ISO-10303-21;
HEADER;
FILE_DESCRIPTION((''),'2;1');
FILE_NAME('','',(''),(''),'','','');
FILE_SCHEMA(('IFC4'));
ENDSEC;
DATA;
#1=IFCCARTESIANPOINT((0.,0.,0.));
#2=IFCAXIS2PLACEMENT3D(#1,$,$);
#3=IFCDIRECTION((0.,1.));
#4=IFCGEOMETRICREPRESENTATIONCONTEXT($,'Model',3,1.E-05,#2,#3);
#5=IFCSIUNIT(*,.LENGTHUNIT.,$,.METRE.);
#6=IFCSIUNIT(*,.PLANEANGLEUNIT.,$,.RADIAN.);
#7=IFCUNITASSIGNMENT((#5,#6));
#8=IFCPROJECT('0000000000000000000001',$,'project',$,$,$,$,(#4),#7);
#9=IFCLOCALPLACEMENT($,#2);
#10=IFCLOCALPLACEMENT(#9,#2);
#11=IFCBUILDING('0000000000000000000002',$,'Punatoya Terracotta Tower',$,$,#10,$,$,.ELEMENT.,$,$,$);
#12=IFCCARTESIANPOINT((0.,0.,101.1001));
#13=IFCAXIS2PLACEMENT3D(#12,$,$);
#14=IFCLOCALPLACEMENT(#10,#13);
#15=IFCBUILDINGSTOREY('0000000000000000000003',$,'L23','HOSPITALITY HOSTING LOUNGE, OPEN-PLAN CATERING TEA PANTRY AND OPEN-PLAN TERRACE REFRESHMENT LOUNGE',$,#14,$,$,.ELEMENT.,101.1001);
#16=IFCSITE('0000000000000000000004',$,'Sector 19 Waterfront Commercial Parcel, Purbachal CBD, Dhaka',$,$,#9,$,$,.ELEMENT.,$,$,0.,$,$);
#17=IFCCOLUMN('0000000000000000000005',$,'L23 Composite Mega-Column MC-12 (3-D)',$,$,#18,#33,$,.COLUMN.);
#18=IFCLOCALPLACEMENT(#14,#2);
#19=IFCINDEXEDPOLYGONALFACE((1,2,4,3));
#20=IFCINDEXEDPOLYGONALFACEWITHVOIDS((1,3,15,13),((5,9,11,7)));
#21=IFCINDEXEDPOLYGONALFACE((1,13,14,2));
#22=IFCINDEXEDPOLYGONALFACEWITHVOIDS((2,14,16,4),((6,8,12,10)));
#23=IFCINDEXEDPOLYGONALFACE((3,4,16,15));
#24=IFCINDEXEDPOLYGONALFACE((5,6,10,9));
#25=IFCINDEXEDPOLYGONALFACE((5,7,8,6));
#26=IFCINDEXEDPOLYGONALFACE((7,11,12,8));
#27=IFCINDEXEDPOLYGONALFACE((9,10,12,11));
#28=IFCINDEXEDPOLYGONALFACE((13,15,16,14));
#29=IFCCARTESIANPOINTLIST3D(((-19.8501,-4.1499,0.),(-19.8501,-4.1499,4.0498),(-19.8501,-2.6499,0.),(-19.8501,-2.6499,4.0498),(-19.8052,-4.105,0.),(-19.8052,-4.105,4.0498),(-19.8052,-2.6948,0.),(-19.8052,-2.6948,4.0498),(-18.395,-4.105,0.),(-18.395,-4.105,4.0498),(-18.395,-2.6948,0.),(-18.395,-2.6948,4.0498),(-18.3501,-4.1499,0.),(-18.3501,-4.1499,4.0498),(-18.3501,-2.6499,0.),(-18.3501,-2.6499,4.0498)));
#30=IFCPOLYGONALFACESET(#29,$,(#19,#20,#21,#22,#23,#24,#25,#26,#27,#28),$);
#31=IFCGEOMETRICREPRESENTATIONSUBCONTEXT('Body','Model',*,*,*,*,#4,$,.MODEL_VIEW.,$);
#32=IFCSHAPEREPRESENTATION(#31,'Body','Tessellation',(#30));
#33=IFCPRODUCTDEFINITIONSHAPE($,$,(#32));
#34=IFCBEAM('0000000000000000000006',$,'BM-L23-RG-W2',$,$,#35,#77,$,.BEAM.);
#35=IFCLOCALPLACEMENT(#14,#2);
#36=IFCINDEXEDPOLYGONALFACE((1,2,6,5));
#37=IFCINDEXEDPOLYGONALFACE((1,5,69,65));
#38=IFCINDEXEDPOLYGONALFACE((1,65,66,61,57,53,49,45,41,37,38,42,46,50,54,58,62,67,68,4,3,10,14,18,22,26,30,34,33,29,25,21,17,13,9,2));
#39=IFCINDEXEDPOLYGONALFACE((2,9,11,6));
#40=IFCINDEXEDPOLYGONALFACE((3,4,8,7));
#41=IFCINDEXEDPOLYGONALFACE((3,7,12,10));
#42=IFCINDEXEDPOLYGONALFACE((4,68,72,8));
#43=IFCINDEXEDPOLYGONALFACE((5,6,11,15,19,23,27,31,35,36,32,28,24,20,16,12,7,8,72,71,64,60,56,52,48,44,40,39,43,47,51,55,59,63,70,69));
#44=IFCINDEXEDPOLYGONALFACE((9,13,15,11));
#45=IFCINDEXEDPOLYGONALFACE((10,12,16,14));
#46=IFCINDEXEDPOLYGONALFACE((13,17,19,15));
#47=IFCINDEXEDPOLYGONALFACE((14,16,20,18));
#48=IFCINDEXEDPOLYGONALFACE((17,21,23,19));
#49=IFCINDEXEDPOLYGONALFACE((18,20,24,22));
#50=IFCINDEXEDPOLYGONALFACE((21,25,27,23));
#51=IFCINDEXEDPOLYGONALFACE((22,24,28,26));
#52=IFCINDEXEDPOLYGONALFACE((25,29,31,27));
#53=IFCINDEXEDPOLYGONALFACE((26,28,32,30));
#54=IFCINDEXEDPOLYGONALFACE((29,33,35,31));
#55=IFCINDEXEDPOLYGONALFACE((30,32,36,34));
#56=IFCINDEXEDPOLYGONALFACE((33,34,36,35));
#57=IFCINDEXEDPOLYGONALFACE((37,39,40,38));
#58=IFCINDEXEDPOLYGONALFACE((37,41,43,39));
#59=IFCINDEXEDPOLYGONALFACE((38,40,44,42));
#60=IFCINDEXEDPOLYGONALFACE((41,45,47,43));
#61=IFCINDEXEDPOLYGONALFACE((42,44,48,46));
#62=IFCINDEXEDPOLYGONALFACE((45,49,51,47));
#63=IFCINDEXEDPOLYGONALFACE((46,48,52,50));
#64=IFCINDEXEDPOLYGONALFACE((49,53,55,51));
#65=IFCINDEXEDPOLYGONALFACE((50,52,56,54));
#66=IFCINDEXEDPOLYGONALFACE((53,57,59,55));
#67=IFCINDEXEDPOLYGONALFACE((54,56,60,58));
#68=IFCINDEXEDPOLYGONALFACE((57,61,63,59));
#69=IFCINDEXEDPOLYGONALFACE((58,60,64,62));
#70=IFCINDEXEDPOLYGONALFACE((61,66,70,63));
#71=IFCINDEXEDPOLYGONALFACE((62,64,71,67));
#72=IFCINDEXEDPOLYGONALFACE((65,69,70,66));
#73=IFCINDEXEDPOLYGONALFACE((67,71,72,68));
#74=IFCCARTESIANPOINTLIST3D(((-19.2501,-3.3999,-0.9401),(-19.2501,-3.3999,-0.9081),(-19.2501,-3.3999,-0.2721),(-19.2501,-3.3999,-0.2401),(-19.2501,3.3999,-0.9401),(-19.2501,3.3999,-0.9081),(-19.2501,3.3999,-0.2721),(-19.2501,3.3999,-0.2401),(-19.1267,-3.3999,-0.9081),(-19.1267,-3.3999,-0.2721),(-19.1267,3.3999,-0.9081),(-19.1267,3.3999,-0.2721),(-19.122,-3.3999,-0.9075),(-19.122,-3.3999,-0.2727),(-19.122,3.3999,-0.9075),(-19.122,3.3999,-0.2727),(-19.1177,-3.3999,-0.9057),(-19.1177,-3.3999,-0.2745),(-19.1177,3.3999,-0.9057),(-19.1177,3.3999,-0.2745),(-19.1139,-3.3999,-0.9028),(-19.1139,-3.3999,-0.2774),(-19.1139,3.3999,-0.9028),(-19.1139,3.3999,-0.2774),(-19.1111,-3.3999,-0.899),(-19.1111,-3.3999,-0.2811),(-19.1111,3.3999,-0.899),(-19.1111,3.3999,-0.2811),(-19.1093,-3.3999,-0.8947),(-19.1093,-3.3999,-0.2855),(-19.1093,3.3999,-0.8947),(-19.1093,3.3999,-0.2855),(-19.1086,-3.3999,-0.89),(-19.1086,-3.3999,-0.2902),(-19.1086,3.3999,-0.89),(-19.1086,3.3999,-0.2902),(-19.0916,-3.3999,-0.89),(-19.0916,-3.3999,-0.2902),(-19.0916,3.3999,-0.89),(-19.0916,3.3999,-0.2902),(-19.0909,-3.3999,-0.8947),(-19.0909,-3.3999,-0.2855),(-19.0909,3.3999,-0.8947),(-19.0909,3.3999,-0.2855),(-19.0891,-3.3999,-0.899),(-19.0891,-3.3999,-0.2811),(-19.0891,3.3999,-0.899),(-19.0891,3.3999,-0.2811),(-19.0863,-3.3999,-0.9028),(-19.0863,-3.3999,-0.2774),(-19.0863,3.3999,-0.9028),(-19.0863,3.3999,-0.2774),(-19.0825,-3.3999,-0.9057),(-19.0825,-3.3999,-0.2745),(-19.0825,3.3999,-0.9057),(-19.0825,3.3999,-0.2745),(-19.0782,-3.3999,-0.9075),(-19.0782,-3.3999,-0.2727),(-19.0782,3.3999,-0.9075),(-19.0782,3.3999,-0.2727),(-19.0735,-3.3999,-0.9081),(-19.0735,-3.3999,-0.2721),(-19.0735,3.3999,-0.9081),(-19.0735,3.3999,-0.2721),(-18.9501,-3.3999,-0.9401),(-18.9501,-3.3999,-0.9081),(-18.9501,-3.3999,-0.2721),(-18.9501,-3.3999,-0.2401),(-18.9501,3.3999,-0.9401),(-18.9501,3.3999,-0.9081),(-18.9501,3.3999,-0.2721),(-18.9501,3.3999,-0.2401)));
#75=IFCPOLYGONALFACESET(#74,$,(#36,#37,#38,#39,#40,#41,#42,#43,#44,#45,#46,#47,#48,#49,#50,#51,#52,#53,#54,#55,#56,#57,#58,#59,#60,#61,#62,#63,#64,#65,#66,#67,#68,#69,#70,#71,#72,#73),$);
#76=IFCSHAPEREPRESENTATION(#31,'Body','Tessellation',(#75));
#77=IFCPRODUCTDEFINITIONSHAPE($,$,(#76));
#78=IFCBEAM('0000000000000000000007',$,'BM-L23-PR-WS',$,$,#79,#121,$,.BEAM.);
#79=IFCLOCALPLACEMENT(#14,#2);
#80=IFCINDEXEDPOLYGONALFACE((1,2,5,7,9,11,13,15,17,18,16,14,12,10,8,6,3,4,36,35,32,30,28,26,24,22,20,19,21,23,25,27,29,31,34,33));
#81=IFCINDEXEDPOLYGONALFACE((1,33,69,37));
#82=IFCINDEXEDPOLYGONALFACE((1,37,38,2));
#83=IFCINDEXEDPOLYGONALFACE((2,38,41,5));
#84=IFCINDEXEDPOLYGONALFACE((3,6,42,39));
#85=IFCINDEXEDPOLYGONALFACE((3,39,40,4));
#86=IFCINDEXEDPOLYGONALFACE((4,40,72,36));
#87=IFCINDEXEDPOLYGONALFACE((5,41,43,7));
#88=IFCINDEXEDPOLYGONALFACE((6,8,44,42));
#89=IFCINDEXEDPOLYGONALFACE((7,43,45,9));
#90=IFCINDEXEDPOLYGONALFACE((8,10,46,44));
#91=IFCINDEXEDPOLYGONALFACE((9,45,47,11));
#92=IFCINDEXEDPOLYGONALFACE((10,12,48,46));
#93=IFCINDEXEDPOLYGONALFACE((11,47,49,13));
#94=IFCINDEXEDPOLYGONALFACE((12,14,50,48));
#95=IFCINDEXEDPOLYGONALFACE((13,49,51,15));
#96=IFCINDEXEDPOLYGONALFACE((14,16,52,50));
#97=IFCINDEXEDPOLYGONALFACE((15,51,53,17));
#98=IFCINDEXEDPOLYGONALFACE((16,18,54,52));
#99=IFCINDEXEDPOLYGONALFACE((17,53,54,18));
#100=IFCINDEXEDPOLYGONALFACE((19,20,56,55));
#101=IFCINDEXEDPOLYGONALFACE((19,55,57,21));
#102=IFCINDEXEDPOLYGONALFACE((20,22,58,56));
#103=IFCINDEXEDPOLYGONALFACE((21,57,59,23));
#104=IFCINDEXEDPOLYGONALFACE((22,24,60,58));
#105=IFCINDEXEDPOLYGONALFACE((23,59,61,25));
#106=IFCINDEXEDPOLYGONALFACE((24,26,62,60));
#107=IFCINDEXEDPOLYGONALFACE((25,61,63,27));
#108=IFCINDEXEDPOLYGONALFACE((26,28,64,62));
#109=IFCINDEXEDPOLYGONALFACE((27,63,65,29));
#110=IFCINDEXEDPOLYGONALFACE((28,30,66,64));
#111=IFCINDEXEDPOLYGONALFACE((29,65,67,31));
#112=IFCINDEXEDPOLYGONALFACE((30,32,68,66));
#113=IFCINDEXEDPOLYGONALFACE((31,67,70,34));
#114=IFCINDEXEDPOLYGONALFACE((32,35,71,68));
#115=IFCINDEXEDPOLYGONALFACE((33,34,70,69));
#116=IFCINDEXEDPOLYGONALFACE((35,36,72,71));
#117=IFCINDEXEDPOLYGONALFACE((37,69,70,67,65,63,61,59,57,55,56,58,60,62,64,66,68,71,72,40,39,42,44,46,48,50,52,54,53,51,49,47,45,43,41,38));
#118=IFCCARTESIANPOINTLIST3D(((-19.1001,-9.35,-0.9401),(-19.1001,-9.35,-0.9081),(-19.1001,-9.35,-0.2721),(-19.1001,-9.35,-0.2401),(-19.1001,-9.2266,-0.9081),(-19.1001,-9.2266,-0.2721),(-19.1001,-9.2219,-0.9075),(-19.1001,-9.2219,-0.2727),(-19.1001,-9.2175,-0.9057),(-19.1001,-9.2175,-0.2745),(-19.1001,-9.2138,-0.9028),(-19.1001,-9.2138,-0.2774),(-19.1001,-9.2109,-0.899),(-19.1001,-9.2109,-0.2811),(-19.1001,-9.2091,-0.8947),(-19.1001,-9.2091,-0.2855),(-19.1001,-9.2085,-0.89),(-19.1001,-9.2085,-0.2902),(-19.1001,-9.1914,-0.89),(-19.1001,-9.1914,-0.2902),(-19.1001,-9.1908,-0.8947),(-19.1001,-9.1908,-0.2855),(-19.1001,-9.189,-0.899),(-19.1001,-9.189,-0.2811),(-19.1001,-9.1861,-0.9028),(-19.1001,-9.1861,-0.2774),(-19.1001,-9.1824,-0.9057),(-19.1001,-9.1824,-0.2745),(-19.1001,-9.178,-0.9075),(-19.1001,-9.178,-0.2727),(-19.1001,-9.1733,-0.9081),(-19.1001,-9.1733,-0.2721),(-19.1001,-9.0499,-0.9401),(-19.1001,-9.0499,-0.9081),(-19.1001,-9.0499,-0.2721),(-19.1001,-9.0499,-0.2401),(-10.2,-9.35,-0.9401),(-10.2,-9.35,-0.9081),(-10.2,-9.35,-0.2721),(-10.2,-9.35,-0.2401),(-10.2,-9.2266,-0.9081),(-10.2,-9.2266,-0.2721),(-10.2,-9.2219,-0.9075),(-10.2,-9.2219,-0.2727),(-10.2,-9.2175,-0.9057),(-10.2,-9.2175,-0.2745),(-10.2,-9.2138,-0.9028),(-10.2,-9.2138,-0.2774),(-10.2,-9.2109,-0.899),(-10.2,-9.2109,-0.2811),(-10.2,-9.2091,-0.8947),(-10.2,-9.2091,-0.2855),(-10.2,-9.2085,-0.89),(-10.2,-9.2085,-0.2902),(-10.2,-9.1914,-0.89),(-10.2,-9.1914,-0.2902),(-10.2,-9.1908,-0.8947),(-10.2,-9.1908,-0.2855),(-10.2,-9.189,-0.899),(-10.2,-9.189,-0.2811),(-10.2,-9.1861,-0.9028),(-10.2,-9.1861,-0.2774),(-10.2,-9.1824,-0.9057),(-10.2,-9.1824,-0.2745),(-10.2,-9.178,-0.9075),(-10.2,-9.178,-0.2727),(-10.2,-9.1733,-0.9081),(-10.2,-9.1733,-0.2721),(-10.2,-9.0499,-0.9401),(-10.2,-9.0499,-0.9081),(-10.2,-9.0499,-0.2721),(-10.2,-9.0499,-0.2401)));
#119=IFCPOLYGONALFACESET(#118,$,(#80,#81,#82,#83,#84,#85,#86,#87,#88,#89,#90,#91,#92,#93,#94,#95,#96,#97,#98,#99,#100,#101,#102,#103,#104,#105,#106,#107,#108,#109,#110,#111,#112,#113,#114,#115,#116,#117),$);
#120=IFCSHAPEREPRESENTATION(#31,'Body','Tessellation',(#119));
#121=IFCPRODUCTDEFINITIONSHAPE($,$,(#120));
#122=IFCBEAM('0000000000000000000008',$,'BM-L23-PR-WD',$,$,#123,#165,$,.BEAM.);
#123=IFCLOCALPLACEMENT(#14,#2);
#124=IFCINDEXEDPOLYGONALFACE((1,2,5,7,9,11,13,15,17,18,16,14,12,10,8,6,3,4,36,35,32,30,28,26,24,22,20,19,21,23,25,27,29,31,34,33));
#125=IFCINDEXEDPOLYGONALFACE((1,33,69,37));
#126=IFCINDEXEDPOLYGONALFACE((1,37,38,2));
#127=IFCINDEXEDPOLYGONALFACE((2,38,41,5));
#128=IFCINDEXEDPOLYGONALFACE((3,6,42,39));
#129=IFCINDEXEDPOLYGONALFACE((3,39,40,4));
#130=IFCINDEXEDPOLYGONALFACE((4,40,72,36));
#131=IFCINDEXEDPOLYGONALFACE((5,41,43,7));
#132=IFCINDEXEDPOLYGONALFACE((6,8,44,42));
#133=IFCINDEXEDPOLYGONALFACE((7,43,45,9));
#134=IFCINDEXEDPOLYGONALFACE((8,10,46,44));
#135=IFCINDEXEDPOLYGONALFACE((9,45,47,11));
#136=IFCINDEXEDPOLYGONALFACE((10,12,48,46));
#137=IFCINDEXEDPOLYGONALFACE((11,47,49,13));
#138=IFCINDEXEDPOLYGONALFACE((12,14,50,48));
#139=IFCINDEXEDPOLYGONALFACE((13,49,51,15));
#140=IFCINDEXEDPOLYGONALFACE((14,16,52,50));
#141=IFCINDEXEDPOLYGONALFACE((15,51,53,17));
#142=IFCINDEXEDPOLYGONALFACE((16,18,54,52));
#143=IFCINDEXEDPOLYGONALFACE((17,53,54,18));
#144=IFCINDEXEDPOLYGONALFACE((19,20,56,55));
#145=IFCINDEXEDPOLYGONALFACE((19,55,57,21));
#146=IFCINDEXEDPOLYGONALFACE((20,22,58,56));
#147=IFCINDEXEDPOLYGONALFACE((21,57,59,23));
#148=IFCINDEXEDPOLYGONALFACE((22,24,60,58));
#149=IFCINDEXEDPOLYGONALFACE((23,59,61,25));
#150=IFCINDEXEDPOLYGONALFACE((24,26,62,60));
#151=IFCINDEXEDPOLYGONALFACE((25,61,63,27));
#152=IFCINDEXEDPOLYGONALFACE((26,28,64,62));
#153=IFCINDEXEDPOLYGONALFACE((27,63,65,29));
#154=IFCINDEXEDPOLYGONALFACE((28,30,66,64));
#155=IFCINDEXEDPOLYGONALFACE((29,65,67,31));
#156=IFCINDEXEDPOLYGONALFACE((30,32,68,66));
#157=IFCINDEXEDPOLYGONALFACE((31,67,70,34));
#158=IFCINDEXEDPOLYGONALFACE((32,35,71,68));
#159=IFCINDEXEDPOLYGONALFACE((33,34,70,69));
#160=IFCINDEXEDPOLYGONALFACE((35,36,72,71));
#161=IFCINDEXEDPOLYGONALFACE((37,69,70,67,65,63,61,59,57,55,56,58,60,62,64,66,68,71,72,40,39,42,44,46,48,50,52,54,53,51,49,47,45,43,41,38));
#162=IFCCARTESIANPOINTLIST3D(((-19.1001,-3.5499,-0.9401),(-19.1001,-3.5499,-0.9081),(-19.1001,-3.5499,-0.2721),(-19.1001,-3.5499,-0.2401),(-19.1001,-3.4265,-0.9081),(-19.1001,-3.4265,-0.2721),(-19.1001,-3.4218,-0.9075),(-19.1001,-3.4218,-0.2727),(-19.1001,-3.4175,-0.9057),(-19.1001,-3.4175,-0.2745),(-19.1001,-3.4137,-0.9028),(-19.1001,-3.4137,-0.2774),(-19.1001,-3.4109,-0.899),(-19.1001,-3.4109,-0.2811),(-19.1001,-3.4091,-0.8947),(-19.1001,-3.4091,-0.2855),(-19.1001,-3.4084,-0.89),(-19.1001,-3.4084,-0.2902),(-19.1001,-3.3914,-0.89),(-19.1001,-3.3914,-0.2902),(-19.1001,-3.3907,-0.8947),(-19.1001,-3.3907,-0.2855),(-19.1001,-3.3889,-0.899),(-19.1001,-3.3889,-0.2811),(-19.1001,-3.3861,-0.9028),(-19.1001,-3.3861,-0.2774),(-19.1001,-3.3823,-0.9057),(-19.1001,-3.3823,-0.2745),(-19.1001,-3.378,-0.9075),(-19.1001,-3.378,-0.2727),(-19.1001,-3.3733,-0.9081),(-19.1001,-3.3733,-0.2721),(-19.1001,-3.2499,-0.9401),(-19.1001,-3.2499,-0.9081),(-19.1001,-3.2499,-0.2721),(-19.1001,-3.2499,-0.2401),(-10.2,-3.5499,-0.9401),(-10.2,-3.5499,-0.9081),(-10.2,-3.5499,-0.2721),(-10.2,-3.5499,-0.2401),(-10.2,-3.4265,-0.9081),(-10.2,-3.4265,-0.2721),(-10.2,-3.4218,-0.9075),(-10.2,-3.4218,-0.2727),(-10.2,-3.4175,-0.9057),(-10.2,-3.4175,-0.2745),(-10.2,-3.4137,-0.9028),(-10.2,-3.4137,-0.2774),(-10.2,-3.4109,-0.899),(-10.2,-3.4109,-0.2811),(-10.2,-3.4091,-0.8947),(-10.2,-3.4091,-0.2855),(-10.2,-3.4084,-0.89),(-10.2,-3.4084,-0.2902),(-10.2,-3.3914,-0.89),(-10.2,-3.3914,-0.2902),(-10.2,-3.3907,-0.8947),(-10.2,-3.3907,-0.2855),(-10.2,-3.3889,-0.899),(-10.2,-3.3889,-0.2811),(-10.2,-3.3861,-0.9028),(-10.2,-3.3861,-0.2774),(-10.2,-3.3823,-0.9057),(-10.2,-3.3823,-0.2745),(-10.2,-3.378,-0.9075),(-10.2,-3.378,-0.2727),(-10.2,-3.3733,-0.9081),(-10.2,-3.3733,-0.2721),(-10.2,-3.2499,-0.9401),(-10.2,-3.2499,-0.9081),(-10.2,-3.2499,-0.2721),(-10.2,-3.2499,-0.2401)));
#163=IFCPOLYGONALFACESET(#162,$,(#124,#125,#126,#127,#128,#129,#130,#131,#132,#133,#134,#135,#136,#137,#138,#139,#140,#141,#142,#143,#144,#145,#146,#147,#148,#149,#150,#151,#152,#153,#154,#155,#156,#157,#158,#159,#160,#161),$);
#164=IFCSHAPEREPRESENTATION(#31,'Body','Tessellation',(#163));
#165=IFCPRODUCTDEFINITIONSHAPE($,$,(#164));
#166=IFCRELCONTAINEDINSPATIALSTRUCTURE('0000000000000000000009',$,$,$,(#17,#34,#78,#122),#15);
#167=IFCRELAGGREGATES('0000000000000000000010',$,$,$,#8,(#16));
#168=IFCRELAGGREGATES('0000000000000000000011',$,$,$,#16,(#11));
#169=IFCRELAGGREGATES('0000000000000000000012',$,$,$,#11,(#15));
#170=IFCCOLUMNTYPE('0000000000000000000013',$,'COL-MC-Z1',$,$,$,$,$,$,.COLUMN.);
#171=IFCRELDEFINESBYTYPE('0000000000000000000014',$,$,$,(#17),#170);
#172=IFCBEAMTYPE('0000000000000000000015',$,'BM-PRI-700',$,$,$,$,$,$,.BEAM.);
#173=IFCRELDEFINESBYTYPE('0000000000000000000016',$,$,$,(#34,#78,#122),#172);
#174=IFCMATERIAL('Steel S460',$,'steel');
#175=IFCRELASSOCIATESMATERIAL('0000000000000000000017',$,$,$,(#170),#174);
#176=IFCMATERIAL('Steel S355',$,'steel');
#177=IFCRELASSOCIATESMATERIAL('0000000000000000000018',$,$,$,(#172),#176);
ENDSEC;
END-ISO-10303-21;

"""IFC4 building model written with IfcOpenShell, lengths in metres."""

from ifc_helpers import new_model, si_unit, direction, frame, origin, origin_2d, place, context, subcontext, project, spatial, hollow_rectangle, i_section, extrude, material, material_profile, profile_set, type_object, element, save


model = new_model("IFC4")

# Units and contexts
model_context = context("Model", 3, precision=1e-05, world=origin(), true_north=direction((0.0, 1.0)))
body_context = subcontext(model_context, "Body", "Model", "MODEL_VIEW")
ifc_project = project(units=[si_unit("LENGTHUNIT", "METRE"), si_unit("PLANEANGLEUNIT", "RADIAN")], contexts=[model_context])

# Site, building, storey
site_placement = place(None, origin())
site = spatial("IfcSite", under=ifc_project, at=site_placement, Name="Sector 19 Waterfront Commercial Parcel, Purbachal CBD, Dhaka", CompositionType="ELEMENT", RefElevation=0.0)
building_placement = place(site_placement, origin())
building = spatial("IfcBuilding", under=site, at=building_placement, Name="Punatoya Terracotta Tower", CompositionType="ELEMENT")
storey_placement = place(building_placement, frame((0.0, 0.0, 101.1001)))
storey = spatial("IfcBuildingStorey", under=building, at=storey_placement, Name="L23", Description="HOSPITALITY HOSTING LOUNGE, OPEN-PLAN CATERING TEA PANTRY AND OPEN-PLAN TERRACE REFRESHMENT LOUNGE", CompositionType="ELEMENT", Elevation=101.1001)

# Column
ifc_material_1 = material(Name="Steel S460", Category="steel")
ifc_material_profile_1 = material_profile(ifc_material_1, hollow_rectangle(XDim=1.5, YDim=1.5, WallThickness=0.0449, at=origin_2d()))
ifc_profile_set_1 = profile_set([ifc_material_profile_1], Name="Steel S460")
column_type = type_object("IfcColumnType", Name="COL-MC-Z1", PredefinedType="COLUMN", material=ifc_profile_set_1)
column_placement = place(storey_placement, frame((-19.1001, -3.3999, 0.0), z_axis=(0.0, 0.0, 1.0), x_axis=(1.0, 0.0, 0.0)))
element("IfcColumn", 1, at=column_placement, inside=storey, type_object=column_type, Name="L23 Composite Mega-Column MC-12 (3-D)", PredefinedType="COLUMN", context=body_context, shape_type="SweptSolid", body=[
    extrude(hollow_rectangle(XDim=1.5, YDim=1.5, WallThickness=0.0449, at=origin_2d()), origin(), (0.0, 0.0, 1.0), 4.0498),
])

# Beams
ifc_material_2 = material(Name="Steel S355", Category="steel")
ifc_material_profile_2 = material_profile(ifc_material_2, i_section(OverallWidth=0.3, OverallDepth=0.7, WebThickness=0.0171, FlangeThickness=0.032, FilletRadius=0.0181, at=origin_2d()))
ifc_profile_set_2 = profile_set([ifc_material_profile_2], Name="Steel S355")
beam_type_1 = type_object("IfcBeamType", Name="BM-PRI-700", PredefinedType="BEAM", material=ifc_profile_set_2)
beam_1_placement = place(storey_placement, frame((-19.1001, -3.3999, -0.5901), z_axis=(0.0, 1.0, 0.0), x_axis=(-1.0, 0.0, 0.0)))
element("IfcBeam", 2, at=beam_1_placement, inside=storey, type_object=beam_type_1, Name="BM-L23-RG-W2", PredefinedType="BEAM", context=body_context, shape_type="SweptSolid", body=[
    extrude(i_section(OverallWidth=0.3, OverallDepth=0.7, WebThickness=0.0171, FlangeThickness=0.032, FilletRadius=0.0181, at=origin_2d()), origin(), (0.0, 0.0, 1.0), 6.7998),
])
for number, where, z_axis, x_axis, name in (
    (3, (-19.1001, -9.2, -0.5901), (1.0, 0.0, 0.0), (0.0, 1.0, 0.0), "BM-L23-PR-WS"),
    (4, (-19.1001, -3.3999, -0.5901), (1.0, 0.0, 0.0), (0.0, 1.0, 0.0), "BM-L23-PR-WD"),
):
    element("IfcBeam", number, at=place(storey_placement, frame(where, z_axis=z_axis, x_axis=x_axis)), inside=storey, type_object=beam_type_1, Name=name, PredefinedType="BEAM", context=body_context, shape_type="SweptSolid", body=[
        extrude(i_section(OverallWidth=0.3, OverallDepth=0.7, WebThickness=0.0171, FlangeThickness=0.032, FilletRadius=0.0181, at=origin_2d()), origin(), (0.0, 0.0, 1.0), 8.9001),
    ])

save(model, "model.ifc")
